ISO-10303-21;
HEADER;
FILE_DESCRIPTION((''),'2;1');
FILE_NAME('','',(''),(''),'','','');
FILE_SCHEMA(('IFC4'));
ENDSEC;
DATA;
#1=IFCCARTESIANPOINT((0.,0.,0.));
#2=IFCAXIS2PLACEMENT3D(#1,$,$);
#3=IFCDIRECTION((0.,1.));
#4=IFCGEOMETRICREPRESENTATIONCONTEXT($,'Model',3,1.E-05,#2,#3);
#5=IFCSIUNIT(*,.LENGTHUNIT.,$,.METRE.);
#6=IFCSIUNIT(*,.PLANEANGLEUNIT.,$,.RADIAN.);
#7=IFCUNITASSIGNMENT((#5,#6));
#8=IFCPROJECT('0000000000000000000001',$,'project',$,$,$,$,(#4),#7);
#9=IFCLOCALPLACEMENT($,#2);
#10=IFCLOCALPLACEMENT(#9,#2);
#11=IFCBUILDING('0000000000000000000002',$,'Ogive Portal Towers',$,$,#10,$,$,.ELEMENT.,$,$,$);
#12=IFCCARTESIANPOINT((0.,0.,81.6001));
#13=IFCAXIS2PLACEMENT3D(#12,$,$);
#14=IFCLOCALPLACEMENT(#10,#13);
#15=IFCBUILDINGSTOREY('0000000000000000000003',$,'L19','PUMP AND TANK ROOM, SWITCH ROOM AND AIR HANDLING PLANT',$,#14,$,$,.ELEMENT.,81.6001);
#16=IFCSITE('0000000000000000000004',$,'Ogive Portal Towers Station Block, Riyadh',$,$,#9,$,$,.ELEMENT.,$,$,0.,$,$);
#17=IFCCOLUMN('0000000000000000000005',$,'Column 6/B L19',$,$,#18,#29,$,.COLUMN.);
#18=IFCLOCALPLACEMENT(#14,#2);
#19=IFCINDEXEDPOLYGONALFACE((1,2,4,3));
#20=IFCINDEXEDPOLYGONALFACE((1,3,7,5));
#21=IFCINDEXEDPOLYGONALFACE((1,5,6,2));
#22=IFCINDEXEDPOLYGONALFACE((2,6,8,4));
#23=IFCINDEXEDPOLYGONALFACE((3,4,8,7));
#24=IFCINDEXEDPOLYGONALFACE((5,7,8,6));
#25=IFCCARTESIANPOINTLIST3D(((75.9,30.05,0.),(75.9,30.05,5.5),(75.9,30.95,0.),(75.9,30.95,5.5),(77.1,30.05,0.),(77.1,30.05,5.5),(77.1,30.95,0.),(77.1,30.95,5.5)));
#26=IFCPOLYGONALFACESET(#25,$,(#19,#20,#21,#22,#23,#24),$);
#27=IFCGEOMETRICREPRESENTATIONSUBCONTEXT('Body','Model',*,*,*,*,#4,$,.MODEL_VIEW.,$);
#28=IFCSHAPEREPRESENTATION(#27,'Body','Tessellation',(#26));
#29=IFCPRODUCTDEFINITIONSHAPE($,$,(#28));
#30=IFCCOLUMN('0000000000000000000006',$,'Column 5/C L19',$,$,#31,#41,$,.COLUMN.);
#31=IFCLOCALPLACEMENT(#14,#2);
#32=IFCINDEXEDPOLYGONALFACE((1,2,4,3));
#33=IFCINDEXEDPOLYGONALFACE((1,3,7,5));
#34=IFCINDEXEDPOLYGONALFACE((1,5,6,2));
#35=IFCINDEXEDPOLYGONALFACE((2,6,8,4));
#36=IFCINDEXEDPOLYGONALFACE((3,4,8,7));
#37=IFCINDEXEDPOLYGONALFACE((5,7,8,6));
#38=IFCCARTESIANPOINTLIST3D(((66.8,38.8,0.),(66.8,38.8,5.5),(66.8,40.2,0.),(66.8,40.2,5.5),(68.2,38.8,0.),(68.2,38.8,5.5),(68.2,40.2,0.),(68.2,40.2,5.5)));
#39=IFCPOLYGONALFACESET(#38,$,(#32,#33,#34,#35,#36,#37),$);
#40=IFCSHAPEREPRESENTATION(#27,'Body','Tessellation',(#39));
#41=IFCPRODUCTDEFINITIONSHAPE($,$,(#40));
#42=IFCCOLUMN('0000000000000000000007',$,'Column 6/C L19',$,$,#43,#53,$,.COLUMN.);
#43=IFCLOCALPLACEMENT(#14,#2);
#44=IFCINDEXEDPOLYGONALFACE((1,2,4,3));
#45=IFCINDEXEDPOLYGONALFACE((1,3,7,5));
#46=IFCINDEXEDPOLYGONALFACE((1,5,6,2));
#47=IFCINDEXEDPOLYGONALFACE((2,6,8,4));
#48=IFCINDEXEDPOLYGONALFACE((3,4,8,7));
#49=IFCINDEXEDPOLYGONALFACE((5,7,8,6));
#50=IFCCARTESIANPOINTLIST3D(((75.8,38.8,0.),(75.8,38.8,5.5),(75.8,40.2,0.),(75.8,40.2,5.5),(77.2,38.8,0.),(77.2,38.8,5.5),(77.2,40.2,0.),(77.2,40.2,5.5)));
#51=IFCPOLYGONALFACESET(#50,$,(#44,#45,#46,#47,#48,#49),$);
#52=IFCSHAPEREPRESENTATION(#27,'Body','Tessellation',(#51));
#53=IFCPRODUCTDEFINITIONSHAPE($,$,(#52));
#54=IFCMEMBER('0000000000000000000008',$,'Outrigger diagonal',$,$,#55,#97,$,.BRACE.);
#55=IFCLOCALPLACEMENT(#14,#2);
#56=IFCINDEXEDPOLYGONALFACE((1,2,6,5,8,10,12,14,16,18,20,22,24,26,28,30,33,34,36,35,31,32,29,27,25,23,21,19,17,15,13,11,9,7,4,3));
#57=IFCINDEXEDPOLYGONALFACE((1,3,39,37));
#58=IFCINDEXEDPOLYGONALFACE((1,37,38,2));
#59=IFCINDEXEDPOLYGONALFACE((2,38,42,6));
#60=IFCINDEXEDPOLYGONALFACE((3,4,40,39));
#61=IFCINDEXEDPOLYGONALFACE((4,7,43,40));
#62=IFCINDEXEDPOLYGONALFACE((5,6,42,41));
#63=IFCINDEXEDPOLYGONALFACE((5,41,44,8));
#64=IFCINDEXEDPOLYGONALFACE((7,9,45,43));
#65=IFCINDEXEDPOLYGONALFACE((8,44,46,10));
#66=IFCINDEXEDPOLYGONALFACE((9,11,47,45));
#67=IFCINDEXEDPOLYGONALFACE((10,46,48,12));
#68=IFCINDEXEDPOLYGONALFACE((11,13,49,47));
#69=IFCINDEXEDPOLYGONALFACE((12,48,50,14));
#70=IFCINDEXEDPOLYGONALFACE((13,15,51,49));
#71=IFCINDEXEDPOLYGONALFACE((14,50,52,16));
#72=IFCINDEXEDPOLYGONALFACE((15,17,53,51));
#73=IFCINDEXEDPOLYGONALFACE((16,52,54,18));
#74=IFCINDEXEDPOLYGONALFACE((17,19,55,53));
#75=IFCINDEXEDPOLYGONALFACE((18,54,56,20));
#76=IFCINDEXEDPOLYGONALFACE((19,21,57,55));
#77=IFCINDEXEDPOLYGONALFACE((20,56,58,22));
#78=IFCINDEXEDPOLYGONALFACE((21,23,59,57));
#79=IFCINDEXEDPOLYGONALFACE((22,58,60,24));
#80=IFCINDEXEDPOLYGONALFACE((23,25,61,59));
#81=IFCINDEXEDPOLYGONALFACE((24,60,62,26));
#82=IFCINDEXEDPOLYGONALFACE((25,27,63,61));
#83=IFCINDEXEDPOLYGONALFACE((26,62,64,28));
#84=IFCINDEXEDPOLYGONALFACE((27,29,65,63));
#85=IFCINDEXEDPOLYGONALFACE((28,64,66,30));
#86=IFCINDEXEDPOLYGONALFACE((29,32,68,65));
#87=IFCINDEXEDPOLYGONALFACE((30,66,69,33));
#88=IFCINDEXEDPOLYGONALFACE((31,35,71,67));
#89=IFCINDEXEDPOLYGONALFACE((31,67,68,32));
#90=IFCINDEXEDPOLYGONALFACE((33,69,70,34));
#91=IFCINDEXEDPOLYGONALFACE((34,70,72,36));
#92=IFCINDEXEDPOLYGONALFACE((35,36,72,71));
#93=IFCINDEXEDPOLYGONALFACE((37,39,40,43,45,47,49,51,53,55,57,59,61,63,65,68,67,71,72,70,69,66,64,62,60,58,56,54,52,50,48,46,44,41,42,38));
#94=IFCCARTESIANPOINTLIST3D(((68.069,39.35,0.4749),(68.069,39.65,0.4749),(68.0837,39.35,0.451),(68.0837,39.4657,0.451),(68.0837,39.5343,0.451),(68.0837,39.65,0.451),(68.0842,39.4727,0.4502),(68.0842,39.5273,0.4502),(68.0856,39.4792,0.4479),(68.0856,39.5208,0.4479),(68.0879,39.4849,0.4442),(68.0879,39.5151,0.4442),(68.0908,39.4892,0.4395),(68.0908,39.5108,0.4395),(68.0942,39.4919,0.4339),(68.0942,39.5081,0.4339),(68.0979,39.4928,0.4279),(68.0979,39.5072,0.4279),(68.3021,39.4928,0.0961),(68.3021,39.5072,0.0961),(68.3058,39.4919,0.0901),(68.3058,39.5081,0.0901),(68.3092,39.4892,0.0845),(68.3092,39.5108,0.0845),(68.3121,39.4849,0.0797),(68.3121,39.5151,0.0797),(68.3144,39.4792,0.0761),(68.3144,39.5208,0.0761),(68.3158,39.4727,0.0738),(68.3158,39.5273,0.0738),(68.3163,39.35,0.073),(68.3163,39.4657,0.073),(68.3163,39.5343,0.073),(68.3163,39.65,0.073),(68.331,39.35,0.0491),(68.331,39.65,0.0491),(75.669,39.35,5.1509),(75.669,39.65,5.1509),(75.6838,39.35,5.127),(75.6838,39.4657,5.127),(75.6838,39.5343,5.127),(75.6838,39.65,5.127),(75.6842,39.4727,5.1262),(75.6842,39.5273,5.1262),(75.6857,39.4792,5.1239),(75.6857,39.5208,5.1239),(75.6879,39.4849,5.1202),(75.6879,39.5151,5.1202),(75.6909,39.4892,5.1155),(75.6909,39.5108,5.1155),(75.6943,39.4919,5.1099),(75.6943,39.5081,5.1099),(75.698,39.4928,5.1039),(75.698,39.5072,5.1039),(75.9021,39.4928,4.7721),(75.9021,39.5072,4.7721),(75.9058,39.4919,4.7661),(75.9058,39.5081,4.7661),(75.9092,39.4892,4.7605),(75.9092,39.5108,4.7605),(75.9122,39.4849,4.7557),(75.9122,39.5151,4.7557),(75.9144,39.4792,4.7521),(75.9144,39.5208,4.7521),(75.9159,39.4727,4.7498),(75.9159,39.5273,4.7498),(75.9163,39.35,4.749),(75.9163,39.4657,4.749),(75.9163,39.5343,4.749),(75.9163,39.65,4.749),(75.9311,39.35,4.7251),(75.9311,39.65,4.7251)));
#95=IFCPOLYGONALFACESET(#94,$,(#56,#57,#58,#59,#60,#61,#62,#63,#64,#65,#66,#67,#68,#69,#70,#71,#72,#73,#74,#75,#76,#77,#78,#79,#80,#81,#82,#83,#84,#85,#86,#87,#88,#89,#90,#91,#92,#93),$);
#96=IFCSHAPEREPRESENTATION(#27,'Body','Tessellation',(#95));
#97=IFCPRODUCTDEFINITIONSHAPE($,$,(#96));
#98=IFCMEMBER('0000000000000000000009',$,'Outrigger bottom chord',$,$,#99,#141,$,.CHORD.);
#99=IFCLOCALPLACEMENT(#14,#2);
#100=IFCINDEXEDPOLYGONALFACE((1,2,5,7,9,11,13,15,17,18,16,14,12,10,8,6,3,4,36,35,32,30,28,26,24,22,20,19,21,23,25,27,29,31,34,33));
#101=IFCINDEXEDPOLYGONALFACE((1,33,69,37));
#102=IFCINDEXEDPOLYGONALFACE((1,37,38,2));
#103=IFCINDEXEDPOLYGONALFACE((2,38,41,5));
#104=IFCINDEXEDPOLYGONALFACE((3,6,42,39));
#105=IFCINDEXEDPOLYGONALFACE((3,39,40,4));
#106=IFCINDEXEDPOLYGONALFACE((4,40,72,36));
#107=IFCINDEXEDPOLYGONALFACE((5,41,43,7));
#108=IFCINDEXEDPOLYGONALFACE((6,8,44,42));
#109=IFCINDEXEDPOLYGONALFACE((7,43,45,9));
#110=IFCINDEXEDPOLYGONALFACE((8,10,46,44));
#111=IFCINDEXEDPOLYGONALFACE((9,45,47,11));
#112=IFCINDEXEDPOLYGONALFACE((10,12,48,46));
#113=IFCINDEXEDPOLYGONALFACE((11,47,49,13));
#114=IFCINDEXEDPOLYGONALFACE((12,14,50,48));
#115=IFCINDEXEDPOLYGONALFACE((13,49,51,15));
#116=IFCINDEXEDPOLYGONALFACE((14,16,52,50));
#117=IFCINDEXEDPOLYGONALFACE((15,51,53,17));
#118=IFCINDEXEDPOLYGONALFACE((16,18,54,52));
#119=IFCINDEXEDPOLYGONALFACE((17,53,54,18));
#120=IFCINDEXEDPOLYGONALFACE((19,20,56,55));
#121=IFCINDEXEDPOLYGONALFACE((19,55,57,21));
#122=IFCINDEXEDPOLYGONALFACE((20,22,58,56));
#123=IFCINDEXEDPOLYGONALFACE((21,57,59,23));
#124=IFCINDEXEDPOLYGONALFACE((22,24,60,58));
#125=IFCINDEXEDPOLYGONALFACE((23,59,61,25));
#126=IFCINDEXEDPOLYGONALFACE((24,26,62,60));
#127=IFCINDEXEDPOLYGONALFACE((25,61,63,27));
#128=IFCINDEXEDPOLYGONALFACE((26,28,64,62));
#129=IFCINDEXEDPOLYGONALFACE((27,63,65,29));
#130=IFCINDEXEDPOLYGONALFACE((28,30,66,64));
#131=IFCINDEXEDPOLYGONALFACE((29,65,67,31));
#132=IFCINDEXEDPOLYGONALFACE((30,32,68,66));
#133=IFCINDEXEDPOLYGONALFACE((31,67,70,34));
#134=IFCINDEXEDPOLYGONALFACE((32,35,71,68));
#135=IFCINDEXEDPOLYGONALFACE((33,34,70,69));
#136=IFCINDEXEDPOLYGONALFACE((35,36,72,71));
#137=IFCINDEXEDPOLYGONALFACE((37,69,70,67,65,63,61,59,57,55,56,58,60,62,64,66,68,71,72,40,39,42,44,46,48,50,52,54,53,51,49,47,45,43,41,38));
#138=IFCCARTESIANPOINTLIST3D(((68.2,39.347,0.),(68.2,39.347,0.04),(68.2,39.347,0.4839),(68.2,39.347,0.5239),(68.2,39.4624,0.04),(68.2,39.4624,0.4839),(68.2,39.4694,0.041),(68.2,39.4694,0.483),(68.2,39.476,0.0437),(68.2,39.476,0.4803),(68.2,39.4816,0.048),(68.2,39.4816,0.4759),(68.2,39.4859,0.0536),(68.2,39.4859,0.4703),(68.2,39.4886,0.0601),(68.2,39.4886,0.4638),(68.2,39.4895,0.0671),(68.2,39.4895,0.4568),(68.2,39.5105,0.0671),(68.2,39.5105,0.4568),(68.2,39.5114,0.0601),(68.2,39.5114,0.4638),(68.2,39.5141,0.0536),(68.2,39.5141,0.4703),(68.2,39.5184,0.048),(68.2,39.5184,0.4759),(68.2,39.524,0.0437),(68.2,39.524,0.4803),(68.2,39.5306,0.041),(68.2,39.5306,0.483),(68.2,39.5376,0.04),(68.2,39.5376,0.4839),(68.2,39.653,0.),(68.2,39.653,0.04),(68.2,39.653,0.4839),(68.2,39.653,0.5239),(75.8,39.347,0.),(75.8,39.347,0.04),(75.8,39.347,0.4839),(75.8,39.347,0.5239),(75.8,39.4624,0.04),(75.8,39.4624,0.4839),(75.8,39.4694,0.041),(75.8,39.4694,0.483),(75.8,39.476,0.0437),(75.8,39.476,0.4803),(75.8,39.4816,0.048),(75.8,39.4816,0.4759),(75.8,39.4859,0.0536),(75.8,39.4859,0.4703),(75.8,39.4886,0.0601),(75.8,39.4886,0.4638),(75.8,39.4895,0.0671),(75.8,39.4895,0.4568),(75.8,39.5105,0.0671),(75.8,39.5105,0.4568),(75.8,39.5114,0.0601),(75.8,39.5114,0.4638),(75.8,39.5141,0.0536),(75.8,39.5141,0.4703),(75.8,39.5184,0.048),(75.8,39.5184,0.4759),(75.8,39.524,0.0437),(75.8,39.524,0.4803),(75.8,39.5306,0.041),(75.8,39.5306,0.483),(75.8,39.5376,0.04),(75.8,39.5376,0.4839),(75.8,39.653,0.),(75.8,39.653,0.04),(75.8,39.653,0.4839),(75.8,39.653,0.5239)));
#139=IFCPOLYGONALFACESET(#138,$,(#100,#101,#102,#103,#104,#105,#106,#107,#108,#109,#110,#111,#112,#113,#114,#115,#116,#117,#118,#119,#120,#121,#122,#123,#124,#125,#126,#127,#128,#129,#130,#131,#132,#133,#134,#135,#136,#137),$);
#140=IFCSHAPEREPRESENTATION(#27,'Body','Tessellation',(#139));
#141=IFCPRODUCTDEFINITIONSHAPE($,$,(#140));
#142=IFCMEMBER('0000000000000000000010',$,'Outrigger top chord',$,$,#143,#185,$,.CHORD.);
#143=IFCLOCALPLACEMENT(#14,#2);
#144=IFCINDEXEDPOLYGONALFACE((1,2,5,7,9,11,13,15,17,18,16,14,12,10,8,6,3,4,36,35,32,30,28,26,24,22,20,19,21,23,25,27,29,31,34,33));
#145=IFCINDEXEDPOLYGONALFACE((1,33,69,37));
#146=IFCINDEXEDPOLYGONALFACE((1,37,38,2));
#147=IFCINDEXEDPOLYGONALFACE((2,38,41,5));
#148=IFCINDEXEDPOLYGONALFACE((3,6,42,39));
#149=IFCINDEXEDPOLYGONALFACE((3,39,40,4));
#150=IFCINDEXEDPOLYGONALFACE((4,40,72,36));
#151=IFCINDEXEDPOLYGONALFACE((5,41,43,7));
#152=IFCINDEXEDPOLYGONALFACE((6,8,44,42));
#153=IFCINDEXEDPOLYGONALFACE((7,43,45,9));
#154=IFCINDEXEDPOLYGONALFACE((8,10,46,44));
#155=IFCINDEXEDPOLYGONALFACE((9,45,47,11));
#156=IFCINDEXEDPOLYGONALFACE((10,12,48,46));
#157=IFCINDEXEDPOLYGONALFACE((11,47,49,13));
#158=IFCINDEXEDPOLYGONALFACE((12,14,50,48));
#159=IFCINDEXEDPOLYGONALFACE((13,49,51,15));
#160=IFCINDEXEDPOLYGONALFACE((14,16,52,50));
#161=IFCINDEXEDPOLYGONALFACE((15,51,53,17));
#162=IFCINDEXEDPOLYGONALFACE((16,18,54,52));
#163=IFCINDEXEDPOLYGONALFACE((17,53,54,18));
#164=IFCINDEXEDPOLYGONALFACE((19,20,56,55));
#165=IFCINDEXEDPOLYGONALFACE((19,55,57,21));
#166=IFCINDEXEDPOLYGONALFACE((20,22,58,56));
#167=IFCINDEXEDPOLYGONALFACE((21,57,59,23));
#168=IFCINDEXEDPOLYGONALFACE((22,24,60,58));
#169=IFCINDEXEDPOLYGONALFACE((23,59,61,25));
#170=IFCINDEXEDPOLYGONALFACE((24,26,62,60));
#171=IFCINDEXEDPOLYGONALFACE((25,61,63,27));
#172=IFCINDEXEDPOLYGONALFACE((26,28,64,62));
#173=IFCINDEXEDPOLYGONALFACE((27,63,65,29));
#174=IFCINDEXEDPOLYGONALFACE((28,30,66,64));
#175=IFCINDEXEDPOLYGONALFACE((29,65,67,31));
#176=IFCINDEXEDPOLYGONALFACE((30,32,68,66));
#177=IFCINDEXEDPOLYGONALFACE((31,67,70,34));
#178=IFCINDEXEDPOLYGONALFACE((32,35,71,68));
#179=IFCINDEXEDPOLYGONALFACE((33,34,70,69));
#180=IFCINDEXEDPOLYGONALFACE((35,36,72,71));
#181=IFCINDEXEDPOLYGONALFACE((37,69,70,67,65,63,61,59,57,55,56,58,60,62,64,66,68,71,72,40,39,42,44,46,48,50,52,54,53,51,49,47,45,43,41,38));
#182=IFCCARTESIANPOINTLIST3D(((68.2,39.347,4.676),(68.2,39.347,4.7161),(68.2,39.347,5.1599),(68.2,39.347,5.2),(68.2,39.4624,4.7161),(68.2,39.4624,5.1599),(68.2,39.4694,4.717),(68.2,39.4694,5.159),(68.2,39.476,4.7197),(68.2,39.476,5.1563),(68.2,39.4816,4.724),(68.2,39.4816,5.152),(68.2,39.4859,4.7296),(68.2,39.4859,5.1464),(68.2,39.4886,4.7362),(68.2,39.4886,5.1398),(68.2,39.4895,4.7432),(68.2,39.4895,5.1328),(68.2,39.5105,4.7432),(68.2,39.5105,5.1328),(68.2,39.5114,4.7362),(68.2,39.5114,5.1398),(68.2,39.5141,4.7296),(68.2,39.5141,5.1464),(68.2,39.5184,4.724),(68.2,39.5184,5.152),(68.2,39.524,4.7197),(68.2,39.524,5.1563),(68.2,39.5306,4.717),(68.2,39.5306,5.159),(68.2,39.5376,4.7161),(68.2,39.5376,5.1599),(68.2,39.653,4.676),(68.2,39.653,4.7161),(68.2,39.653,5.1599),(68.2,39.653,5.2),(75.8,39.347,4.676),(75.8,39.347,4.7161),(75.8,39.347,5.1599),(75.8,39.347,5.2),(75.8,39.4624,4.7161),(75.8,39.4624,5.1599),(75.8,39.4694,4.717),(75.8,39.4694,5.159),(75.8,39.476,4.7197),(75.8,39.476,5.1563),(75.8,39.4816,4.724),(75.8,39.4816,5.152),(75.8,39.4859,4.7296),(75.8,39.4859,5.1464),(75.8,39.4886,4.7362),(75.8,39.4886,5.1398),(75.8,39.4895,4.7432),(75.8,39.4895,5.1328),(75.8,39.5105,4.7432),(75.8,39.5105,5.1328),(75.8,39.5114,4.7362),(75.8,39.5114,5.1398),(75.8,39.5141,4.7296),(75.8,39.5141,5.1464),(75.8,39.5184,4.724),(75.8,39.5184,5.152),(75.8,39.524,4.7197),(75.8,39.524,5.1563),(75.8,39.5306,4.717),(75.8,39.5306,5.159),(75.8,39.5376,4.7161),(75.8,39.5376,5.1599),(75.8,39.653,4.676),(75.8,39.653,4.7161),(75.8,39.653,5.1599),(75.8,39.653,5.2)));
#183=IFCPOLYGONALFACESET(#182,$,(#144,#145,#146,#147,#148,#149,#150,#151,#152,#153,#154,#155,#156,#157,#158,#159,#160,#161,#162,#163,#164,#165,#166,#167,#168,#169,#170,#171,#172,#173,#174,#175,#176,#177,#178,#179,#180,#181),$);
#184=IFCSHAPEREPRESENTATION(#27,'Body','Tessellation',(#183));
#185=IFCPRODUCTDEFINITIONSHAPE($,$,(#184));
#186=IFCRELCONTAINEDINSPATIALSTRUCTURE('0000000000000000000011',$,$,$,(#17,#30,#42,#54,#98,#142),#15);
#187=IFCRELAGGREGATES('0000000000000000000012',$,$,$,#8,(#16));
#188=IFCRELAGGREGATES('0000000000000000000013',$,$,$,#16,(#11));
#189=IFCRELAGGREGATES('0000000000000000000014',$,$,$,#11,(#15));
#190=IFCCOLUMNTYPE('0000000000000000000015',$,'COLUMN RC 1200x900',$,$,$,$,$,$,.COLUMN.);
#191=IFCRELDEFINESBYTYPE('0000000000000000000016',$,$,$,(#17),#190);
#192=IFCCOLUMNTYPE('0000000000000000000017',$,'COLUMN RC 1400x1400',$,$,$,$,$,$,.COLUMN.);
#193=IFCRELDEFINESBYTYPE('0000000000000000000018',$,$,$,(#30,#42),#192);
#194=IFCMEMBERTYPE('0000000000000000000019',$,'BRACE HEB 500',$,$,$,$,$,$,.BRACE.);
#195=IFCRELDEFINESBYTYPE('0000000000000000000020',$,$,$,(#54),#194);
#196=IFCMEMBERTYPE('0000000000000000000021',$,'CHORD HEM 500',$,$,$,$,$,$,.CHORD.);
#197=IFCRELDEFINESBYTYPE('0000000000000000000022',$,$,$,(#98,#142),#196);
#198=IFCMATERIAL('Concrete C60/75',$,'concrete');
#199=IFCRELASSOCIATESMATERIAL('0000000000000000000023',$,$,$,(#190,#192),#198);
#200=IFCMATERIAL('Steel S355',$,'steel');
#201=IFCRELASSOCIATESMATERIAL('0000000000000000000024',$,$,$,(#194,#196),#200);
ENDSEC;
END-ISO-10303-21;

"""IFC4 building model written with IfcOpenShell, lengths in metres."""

from ifc_helpers import new_model, si_unit, direction, frame, origin, origin_2d, place, context, subcontext, project, spatial, rectangle, i_section, extrude, material, material_profile, profile_set, type_object, element, save


model = new_model("IFC4")

# Units and contexts
model_context = context("Model", 3, precision=1e-05, world=origin(), true_north=direction((0.0, 1.0)))
body_context = subcontext(model_context, "Body", "Model", "MODEL_VIEW")
ifc_project = project(units=[si_unit("LENGTHUNIT", "METRE"), si_unit("PLANEANGLEUNIT", "RADIAN")], contexts=[model_context])

# Site, building, storey
site_placement = place(None, origin())
site = spatial("IfcSite", under=ifc_project, at=site_placement, Name="Ogive Portal Towers Station Block, Riyadh", CompositionType="ELEMENT", RefElevation=0.0)
building_placement = place(site_placement, origin())
building = spatial("IfcBuilding", under=site, at=building_placement, Name="Ogive Portal Towers", CompositionType="ELEMENT")
storey_placement = place(building_placement, frame((0.0, 0.0, 81.6001)))
storey = spatial("IfcBuildingStorey", under=building, at=storey_placement, Name="L19", Description="PUMP AND TANK ROOM, SWITCH ROOM AND AIR HANDLING PLANT", CompositionType="ELEMENT", Elevation=81.6001)

# Columns
ifc_material_1 = material(Name="Concrete C60/75", Category="concrete")
ifc_material_profile_1 = material_profile(ifc_material_1, rectangle(XDim=1.2, YDim=0.8999, at=origin_2d()), Name="RC 1200x900")
ifc_profile_set_1 = profile_set([ifc_material_profile_1], Name="Concrete C60/75")
column_type_1 = type_object("IfcColumnType", Name="COLUMN RC 1200x900", PredefinedType="COLUMN", material=ifc_profile_set_1)
column_placement = place(storey_placement, frame((76.5, 30.5, 0.0), z_axis=(0.0, 0.0, 1.0), x_axis=(1.0, 0.0, 0.0)))
element("IfcColumn", 1, at=column_placement, inside=storey, type_object=column_type_1, Name="Column 6/B L19", PredefinedType="COLUMN", context=body_context, shape_type="SweptSolid", body=[
    extrude(rectangle(XDim=1.2, YDim=0.8999, at=origin_2d()), origin(), (0.0, 0.0, 1.0), 5.5),
])
ifc_material_profile_2 = material_profile(ifc_material_1, rectangle(XDim=1.3999, YDim=1.3999, at=origin_2d()), Name="RC 1400x1400")
ifc_profile_set_2 = profile_set([ifc_material_profile_2], Name="Concrete C60/75")
column_type_2 = type_object("IfcColumnType", Name="COLUMN RC 1400x1400", PredefinedType="COLUMN", material=ifc_profile_set_2)
for number, where, z_axis, x_axis, name in (
    (2, (67.5, 39.5, 0.0), (0.0, 0.0, 1.0), (1.0, 0.0, 0.0), "Column 5/C L19"),
    (3, (76.5, 39.5, 0.0), (0.0, 0.0, 1.0), (1.0, 0.0, 0.0), "Column 6/C L19"),
):
    element("IfcColumn", number, at=place(storey_placement, frame(where, z_axis=z_axis, x_axis=x_axis)), inside=storey, type_object=column_type_2, Name=name, PredefinedType="COLUMN", context=body_context, shape_type="SweptSolid", body=[
        extrude(rectangle(XDim=1.3999, YDim=1.3999, at=origin_2d()), origin(), (0.0, 0.0, 1.0), 5.5),
    ])

# Members
ifc_material_2 = material(Name="Steel S355", Category="steel")
ifc_material_profile_3 = material_profile(ifc_material_2, i_section(OverallWidth=0.3, OverallDepth=0.5, WebThickness=0.0144, FlangeThickness=0.0281, FilletRadius=0.0271, at=origin_2d()), Name="HEB 500")
ifc_profile_set_3 = profile_set([ifc_material_profile_3], Name="Steel S355")
member_type_1 = type_object("IfcMemberType", Name="BRACE HEB 500", PredefinedType="BRACE", material=ifc_profile_set_3)
member_placement = place(storey_placement, frame((75.8, 39.5, 4.938), z_axis=(-0.851706, 0.0, -0.52402), x_axis=(0.0, -1.0, 0.0)))
element("IfcMember", 4, at=member_placement, inside=storey, type_object=member_type_1, Name="Outrigger diagonal", PredefinedType="BRACE", context=body_context, shape_type="SweptSolid", body=[
    extrude(i_section(OverallWidth=0.3, OverallDepth=0.5, WebThickness=0.0144, FlangeThickness=0.0281, FilletRadius=0.0271, at=origin_2d()), origin(), (0.0, 0.0, 1.0), 8.9233),
])
ifc_material_profile_4 = material_profile(ifc_material_2, i_section(OverallWidth=0.3059, OverallDepth=0.5239, WebThickness=0.021, FlangeThickness=0.04, FilletRadius=0.0271, at=origin_2d()), Name="HEM 500")
ifc_profile_set_4 = profile_set([ifc_material_profile_4], Name="Steel S355")
member_type_2 = type_object("IfcMemberType", Name="CHORD HEM 500", PredefinedType="CHORD", material=ifc_profile_set_4)
for number, where, z_axis, x_axis, name in (
    (5, (75.8, 39.5, 0.262), (-1.0, 0.0, 0.0), (0.0, -1.0, 0.0), "Outrigger bottom chord"),
    (6, (75.8, 39.5, 4.938), (-1.0, 0.0, 0.0), (0.0, -1.0, 0.0), "Outrigger top chord"),
):
    element("IfcMember", number, at=place(storey_placement, frame(where, z_axis=z_axis, x_axis=x_axis)), inside=storey, type_object=member_type_2, Name=name, PredefinedType="CHORD", context=body_context, shape_type="SweptSolid", body=[
        extrude(i_section(OverallWidth=0.3059, OverallDepth=0.5239, WebThickness=0.021, FlangeThickness=0.04, FilletRadius=0.0271, at=origin_2d()), origin(), (0.0, 0.0, 1.0), 7.6001),
    ])

save(model, "model.ifc")
